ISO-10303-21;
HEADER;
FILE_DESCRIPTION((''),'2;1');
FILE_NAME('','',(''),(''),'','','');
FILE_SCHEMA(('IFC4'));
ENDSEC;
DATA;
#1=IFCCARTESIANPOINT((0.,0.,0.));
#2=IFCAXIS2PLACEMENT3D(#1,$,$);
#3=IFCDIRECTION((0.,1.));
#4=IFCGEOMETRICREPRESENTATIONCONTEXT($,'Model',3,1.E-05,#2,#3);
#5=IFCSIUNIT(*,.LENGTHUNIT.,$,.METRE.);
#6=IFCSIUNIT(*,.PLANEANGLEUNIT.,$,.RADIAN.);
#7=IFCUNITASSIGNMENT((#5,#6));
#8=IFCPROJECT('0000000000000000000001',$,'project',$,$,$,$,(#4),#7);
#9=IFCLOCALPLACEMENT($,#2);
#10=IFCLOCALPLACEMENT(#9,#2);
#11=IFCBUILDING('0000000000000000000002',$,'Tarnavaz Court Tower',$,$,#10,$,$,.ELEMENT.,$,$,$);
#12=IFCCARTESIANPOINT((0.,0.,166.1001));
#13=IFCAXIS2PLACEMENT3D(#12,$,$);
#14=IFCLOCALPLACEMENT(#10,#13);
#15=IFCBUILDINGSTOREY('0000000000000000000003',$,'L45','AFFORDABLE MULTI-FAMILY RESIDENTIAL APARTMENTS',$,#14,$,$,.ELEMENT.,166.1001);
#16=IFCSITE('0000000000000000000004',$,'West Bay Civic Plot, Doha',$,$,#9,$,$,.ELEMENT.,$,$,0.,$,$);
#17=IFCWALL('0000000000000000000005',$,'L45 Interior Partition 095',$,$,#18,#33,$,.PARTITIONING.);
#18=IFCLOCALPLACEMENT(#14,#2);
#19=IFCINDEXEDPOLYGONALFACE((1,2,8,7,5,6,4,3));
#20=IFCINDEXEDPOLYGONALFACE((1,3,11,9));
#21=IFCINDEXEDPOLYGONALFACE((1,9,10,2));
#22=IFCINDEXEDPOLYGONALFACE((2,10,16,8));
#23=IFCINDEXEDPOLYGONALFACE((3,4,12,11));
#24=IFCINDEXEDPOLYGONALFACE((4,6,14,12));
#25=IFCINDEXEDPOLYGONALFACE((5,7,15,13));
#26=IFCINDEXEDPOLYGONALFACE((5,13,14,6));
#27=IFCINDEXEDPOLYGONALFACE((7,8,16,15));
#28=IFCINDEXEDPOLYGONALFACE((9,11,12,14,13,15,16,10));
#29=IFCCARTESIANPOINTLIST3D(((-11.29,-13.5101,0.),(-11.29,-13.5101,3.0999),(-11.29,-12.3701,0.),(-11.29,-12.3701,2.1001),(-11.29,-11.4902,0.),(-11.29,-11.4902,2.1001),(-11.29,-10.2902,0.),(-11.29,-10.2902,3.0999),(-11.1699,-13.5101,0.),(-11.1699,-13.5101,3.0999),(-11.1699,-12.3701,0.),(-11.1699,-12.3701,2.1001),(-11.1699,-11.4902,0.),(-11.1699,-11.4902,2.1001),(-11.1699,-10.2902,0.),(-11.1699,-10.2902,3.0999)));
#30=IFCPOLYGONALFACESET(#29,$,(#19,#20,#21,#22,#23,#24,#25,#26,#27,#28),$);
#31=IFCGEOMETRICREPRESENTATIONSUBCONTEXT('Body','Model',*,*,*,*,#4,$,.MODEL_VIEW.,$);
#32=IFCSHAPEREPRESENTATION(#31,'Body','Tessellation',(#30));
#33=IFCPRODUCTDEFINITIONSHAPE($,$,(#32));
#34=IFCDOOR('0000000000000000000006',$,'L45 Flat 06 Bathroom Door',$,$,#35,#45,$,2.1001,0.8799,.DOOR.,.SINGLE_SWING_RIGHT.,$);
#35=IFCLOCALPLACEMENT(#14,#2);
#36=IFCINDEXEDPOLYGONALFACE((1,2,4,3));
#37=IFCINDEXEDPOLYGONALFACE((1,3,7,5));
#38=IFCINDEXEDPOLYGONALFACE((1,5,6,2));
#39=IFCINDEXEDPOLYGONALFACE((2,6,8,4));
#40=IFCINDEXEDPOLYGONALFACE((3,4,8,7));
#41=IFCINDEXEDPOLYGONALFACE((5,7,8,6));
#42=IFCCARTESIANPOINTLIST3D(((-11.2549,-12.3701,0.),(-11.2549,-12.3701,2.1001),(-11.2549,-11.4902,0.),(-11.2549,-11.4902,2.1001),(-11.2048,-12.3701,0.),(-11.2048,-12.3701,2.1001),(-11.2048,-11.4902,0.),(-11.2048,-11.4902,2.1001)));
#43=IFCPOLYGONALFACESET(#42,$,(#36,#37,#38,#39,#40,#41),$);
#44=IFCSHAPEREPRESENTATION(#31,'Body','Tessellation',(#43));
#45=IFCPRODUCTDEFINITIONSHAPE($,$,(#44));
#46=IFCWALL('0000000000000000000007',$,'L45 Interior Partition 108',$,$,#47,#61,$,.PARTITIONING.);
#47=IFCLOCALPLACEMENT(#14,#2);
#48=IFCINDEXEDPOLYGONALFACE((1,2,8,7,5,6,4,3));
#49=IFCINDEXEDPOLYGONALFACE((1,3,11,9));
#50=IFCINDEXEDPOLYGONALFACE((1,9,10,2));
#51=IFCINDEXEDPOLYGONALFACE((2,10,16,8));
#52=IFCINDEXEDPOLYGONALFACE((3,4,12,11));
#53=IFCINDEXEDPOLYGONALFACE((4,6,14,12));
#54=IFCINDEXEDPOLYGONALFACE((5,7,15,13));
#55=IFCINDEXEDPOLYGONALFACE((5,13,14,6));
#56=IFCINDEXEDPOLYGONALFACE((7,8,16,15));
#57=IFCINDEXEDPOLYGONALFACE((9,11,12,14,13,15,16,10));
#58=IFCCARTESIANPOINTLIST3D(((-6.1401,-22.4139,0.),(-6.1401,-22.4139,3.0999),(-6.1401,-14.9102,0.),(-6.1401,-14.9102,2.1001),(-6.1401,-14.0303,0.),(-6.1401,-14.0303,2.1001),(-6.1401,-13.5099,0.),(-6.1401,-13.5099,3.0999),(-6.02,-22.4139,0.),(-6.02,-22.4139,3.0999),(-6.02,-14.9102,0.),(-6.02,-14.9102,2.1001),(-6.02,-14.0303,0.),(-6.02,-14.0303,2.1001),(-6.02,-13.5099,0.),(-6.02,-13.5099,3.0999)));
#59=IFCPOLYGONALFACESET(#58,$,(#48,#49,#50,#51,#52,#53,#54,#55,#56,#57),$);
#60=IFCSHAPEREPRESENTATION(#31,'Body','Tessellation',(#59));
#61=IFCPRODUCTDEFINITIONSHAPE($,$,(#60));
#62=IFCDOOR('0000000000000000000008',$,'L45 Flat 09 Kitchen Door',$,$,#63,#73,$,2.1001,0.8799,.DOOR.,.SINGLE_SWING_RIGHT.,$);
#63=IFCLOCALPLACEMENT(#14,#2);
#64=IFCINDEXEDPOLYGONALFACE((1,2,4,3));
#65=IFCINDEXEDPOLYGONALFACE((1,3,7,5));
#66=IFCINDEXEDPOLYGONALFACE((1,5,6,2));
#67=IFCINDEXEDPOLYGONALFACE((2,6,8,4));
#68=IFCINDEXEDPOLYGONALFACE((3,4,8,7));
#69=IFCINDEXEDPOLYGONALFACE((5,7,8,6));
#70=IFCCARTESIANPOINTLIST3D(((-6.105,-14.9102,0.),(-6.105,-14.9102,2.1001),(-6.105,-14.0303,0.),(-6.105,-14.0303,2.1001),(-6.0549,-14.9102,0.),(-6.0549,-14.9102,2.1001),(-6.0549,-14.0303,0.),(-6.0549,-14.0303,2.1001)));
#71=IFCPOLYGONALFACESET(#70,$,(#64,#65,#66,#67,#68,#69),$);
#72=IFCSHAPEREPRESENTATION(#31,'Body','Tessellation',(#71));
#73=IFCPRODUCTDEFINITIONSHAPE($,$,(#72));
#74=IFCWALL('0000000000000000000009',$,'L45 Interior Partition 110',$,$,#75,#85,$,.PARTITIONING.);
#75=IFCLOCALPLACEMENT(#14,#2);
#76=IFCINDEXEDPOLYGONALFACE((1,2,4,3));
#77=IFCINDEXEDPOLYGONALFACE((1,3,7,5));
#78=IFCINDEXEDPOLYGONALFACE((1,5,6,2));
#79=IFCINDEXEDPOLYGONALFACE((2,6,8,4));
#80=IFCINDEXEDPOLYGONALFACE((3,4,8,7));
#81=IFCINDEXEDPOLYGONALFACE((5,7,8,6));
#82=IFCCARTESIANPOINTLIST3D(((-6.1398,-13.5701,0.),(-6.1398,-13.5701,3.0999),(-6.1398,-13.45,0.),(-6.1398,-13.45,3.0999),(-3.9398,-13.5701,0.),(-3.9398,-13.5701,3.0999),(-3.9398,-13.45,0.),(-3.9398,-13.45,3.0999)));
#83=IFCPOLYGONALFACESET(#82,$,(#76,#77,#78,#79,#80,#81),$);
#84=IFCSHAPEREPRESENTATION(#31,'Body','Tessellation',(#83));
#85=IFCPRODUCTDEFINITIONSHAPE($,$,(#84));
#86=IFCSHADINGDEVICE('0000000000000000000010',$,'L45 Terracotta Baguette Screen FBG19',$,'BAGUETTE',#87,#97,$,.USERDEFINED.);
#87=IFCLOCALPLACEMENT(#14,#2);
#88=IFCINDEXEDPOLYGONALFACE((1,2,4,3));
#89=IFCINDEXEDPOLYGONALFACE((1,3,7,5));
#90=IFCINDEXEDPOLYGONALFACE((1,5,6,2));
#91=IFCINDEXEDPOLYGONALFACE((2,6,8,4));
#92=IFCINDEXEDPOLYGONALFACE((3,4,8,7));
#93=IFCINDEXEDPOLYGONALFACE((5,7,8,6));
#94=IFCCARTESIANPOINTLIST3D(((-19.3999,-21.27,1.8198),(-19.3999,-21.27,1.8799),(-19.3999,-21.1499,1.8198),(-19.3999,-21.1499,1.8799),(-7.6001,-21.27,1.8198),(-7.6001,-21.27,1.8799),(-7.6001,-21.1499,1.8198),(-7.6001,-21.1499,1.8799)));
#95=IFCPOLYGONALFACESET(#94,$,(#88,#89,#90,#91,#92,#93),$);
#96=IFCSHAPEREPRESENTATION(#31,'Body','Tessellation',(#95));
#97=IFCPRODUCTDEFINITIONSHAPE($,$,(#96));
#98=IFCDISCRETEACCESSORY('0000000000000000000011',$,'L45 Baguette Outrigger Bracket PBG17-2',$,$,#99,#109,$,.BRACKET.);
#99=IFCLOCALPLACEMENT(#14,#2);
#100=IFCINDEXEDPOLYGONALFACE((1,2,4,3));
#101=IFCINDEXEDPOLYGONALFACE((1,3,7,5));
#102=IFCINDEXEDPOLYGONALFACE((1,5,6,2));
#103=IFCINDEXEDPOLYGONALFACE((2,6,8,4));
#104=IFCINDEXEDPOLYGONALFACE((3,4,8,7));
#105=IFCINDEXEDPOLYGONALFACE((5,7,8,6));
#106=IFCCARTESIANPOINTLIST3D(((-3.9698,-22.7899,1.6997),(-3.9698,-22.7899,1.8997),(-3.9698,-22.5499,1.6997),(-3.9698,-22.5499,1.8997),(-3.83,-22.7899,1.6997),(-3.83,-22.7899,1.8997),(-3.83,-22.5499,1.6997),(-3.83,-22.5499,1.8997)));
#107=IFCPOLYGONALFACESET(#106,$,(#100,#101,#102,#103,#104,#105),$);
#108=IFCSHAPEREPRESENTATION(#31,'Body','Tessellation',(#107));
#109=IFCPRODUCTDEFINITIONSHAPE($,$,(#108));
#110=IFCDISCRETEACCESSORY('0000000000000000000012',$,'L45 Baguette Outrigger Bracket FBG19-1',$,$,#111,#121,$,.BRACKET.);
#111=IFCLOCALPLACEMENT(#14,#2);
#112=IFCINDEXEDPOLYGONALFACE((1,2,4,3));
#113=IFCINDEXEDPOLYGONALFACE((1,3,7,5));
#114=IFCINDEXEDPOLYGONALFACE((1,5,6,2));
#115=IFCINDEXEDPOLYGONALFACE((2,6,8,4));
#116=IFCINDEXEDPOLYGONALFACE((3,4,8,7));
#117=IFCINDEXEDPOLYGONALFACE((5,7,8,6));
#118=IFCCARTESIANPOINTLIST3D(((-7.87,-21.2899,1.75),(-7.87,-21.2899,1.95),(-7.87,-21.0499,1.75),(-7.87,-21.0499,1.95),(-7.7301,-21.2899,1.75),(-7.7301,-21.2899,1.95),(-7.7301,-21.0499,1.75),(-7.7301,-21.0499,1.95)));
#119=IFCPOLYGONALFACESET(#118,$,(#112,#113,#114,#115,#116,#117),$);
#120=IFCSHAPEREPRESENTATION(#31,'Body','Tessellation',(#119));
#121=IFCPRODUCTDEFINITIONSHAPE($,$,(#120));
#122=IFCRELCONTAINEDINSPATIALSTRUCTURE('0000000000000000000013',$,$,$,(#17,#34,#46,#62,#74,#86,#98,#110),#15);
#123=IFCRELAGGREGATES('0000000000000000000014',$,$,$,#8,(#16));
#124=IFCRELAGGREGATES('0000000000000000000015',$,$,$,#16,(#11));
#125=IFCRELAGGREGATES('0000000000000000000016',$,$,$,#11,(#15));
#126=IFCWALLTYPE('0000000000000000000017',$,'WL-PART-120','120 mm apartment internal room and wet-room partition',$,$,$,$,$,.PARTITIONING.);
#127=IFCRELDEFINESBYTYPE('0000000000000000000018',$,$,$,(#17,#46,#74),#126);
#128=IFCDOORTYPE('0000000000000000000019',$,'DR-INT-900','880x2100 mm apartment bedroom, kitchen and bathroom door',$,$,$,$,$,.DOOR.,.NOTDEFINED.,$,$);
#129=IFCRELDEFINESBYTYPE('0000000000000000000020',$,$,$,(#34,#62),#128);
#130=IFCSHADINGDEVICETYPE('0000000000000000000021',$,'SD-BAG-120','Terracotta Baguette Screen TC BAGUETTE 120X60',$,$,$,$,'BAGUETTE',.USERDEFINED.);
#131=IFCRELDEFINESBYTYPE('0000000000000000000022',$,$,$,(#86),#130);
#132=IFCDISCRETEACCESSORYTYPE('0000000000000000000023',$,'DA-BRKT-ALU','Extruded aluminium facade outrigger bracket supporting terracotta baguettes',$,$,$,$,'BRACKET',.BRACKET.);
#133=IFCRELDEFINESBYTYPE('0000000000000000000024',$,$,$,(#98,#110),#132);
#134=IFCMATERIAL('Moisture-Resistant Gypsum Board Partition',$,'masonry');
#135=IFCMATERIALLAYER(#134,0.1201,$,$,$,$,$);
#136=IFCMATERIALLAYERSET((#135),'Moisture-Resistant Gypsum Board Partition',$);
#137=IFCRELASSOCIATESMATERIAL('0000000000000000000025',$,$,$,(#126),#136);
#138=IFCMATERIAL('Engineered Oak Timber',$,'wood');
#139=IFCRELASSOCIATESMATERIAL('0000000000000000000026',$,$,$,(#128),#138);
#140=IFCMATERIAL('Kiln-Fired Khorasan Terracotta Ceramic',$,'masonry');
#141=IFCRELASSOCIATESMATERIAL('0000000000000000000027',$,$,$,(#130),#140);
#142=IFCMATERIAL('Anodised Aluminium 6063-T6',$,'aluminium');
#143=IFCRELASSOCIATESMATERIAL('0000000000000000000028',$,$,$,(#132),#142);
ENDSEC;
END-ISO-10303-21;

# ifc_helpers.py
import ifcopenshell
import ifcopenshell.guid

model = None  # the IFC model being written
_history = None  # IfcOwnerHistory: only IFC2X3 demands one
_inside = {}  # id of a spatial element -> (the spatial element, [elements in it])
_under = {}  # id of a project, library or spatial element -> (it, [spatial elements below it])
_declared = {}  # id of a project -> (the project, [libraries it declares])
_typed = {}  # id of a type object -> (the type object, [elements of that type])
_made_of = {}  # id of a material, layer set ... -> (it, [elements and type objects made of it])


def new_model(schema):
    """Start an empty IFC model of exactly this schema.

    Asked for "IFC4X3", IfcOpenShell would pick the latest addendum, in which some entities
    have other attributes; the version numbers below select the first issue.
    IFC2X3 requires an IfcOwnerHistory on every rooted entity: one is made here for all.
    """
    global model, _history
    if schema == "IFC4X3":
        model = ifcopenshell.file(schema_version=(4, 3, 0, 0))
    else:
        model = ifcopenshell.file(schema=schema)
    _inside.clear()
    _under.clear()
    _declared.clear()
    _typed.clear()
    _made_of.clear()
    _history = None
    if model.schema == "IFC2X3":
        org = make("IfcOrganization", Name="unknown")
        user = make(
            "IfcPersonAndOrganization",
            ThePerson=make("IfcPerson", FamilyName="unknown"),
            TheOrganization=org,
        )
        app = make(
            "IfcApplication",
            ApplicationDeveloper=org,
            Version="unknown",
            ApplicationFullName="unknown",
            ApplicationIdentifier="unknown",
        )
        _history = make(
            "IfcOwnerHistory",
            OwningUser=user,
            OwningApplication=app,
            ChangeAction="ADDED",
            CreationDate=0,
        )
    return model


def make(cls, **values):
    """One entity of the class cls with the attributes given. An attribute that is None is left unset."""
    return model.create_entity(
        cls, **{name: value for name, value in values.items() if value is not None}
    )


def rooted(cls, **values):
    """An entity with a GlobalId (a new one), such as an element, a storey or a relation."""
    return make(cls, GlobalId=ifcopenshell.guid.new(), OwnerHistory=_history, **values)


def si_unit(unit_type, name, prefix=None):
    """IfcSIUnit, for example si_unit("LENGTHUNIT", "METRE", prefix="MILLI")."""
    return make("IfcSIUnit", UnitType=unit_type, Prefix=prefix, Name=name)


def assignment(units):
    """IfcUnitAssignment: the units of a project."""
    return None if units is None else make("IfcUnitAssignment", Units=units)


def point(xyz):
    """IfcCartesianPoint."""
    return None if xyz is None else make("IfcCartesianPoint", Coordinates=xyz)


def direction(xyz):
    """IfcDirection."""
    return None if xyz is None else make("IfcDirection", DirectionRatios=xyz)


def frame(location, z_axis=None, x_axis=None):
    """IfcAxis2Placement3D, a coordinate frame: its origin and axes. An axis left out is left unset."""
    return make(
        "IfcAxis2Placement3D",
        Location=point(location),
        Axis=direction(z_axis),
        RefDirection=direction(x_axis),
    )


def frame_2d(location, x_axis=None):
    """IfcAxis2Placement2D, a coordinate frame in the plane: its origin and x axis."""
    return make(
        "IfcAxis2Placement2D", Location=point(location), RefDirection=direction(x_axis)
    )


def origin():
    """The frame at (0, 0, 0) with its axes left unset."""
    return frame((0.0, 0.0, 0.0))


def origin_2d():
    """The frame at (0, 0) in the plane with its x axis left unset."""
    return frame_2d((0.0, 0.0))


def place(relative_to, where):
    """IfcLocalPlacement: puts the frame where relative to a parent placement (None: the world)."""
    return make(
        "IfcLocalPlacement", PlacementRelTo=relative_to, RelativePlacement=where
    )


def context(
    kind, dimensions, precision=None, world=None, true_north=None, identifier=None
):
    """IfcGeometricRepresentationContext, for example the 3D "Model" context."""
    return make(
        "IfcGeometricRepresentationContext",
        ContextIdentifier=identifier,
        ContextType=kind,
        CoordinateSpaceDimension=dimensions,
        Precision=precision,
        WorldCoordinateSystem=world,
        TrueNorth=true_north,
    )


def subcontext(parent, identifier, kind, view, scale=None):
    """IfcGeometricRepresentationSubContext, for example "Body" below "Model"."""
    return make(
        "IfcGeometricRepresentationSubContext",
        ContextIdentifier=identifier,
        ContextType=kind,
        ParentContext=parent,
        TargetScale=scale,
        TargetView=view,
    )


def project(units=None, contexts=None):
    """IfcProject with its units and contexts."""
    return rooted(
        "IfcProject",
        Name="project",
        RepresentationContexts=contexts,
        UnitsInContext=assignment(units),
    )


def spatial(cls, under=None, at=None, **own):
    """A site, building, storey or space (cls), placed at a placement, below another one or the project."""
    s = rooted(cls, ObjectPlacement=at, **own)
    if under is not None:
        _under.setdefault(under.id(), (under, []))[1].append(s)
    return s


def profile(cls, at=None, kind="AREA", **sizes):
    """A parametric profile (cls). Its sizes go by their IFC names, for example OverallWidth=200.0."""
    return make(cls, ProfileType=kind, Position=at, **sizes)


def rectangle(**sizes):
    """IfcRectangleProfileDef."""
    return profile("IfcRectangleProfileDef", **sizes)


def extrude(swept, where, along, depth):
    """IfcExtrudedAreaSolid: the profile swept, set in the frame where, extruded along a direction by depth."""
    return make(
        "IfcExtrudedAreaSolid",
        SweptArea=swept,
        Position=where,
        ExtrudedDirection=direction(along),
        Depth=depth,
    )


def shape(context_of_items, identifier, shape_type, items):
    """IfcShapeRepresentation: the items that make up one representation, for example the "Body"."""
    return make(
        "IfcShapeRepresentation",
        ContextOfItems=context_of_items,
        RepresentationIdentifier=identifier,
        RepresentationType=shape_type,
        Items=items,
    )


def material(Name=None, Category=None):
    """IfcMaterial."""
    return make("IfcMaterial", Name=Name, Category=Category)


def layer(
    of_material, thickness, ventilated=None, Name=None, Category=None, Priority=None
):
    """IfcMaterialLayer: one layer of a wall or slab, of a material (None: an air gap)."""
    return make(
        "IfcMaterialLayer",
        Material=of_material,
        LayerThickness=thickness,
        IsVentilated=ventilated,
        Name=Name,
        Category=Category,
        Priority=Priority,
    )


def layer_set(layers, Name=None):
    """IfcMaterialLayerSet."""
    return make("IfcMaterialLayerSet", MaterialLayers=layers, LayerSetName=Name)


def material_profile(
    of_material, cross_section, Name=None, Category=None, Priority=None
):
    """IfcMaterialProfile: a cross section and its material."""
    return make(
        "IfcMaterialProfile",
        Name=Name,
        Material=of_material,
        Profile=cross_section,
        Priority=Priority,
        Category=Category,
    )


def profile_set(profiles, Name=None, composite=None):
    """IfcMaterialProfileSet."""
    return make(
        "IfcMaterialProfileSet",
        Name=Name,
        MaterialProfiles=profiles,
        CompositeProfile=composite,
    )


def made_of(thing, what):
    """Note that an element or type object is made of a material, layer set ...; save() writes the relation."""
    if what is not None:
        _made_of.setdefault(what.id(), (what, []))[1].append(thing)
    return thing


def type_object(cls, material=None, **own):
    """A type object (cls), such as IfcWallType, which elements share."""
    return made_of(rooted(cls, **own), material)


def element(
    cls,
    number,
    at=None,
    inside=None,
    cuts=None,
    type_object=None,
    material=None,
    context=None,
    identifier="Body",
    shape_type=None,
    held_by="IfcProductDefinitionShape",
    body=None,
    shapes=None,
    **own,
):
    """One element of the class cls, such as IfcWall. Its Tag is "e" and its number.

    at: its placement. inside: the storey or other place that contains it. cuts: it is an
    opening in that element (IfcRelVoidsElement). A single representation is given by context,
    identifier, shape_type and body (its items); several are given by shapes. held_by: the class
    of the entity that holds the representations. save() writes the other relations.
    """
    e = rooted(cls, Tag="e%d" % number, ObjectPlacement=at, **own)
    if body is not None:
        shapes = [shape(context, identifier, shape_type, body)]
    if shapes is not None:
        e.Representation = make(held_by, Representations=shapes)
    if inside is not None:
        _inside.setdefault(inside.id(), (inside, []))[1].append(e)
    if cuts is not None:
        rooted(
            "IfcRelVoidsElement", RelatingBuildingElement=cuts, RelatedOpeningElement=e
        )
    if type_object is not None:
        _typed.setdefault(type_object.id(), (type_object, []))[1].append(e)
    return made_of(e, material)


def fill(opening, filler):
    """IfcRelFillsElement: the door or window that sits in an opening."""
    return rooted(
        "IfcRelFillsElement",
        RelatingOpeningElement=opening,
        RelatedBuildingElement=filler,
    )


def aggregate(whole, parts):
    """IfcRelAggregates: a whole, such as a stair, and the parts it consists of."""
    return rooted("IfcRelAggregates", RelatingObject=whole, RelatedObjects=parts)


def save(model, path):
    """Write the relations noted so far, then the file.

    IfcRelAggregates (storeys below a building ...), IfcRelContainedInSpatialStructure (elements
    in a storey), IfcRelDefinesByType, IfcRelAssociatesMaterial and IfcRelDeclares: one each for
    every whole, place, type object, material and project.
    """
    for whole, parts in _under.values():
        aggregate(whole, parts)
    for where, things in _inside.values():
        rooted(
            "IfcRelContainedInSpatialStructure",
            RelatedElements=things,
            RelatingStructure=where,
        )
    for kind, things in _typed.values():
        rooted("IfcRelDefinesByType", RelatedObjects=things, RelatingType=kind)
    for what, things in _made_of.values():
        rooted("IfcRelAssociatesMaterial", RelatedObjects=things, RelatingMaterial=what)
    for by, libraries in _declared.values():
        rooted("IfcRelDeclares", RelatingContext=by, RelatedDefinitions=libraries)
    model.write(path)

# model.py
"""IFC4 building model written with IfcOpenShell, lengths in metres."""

from ifc_helpers import new_model, si_unit, direction, frame, frame_2d, origin, origin_2d, place, context, subcontext, project, spatial, rectangle, extrude, material, layer, layer_set, material_profile, profile_set, type_object, element, fill, save


model = new_model("IFC4")

# Units and contexts
model_context = context("Model", 3, precision=1e-05, world=origin(), true_north=direction((0.0, 1.0)))
body_context = subcontext(model_context, "Body", "Model", "MODEL_VIEW")
ifc_project = project(units=[si_unit("LENGTHUNIT", "METRE"), si_unit("PLANEANGLEUNIT", "RADIAN")], contexts=[model_context])

# Site, building, storey
site_placement = place(None, origin())
site = spatial("IfcSite", under=ifc_project, at=site_placement, Name="West Bay Civic Plot, Doha", CompositionType="ELEMENT", RefElevation=0.0)
building_placement = place(site_placement, origin())
building = spatial("IfcBuilding", under=site, at=building_placement, Name="Tarnavaz Court Tower", CompositionType="ELEMENT")
storey_placement = place(building_placement, frame((0.0, 0.0, 166.1001)))
storey = spatial("IfcBuildingStorey", under=building, at=storey_placement, Name="L45", Description="AFFORDABLE MULTI-FAMILY RESIDENTIAL APARTMENTS", CompositionType="ELEMENT", Elevation=166.1001)

# Shared definitions
ifc_material_1 = material(Name="Anodised Aluminium 6063-T6", Category="aluminium")

# Walls, openings, doors
ifc_material_2 = material(Name="Moisture-Resistant Gypsum Board Partition", Category="masonry")
ifc_layer_1 = layer(ifc_material_2, 0.1201)
ifc_layer_set_1 = layer_set([ifc_layer_1], Name="Moisture-Resistant Gypsum Board Partition")
wall_type_1 = type_object("IfcWallType", Name="WL-PART-120", Description="120 mm apartment internal room and wet-room partition", PredefinedType="PARTITIONING", material=ifc_layer_set_1)
ifc_material_3 = material(Name="Engineered Oak Timber", Category="wood")
door_type = type_object("IfcDoorType", Name="DR-INT-900", Description="880x2100 mm apartment bedroom, kitchen and bathroom door", OperationType="NOTDEFINED", PredefinedType="DOOR", material=ifc_material_3)
wall_1_placement = place(storey_placement, frame((-11.23, -13.51, 0.0), z_axis=(0.0, 0.0, 1.0), x_axis=(0.0, 1.0, 0.0)))
wall_1 = element("IfcWall", 1, at=wall_1_placement, inside=storey, type_object=wall_type_1, Name="L45 Interior Partition 095", PredefinedType="PARTITIONING", context=body_context, shape_type="SweptSolid", body=[
    extrude(rectangle(XDim=3.22, YDim=0.1201, at=frame_2d((1.6099, 0.0))), origin(), (0.0, 0.0, 1.0), 3.0999),
])
opening_1_placement = place(wall_1_placement, frame((1.1399, 0.0, 0.0)))
opening_1 = element("IfcOpeningElement", 2, at=opening_1_placement, cuts=wall_1, PredefinedType="OPENING", context=body_context, shape_type="SweptSolid", body=[
    extrude(rectangle(XDim=0.8799, YDim=2.1001, at=frame_2d((0.4399, 1.05))), frame((0.0, 0.0701, 0.0), z_axis=(0.0, -1.0, 0.0), x_axis=(1.0, 0.0, 0.0)), (0.0, 0.0, 1.0), 0.1401),
])
door_1_placement = place(opening_1_placement, origin())
door_1 = element("IfcDoor", 3, at=door_1_placement, inside=storey, type_object=door_type, Name="L45 Flat 06 Bathroom Door", OperationType="SINGLE_SWING_RIGHT", OverallHeight=2.1001, OverallWidth=0.8799, PredefinedType="DOOR", context=body_context, shape_type="SweptSolid", body=[
    extrude(rectangle(XDim=0.8799, YDim=2.1001, at=frame_2d((0.4399, 1.05))), frame((0.0, 0.0249, 0.0), z_axis=(0.0, -1.0, 0.0), x_axis=(1.0, 0.0, 0.0)), (0.0, 0.0, 1.0), 0.05),
])
fill(opening_1, door_1)
wall_2_placement = place(storey_placement, frame((-6.0801, -22.4141, 0.0), z_axis=(0.0, 0.0, 1.0), x_axis=(0.0, 1.0, 0.0)))
wall_2 = element("IfcWall", 4, at=wall_2_placement, inside=storey, type_object=wall_type_1, Name="L45 Interior Partition 108", PredefinedType="PARTITIONING", context=body_context, shape_type="SweptSolid", body=[
    extrude(rectangle(XDim=8.9041, YDim=0.1201, at=frame_2d((4.4521, 0.0))), origin(), (0.0, 0.0, 1.0), 3.0999),
])
opening_2_placement = place(wall_2_placement, frame((7.5039, 0.0, 0.0)))
opening_2 = element("IfcOpeningElement", 5, at=opening_2_placement, cuts=wall_2, PredefinedType="OPENING", context=body_context, shape_type="SweptSolid", body=[
    extrude(rectangle(XDim=0.8799, YDim=2.1001, at=frame_2d((0.4399, 1.05))), frame((0.0, 0.0701, 0.0), z_axis=(0.0, -1.0, 0.0), x_axis=(1.0, 0.0, 0.0)), (0.0, 0.0, 1.0), 0.1401),
])
door_2_placement = place(opening_2_placement, origin())
door_2 = element("IfcDoor", 6, at=door_2_placement, inside=storey, type_object=door_type, Name="L45 Flat 09 Kitchen Door", OperationType="SINGLE_SWING_RIGHT", OverallHeight=2.1001, OverallWidth=0.8799, PredefinedType="DOOR", context=body_context, shape_type="SweptSolid", body=[
    extrude(rectangle(XDim=0.8799, YDim=2.1001, at=frame_2d((0.4399, 1.05))), frame((0.0, 0.0249, 0.0), z_axis=(0.0, -1.0, 0.0), x_axis=(1.0, 0.0, 0.0)), (0.0, 0.0, 1.0), 0.05),
])
fill(opening_2, door_2)

# Wall
wall_3_placement = place(storey_placement, frame((-6.1399, -13.51, 0.0), z_axis=(0.0, 0.0, 1.0), x_axis=(1.0, 0.0, 0.0)))
element("IfcWall", 7, at=wall_3_placement, inside=storey, type_object=wall_type_1, Name="L45 Interior Partition 110", PredefinedType="PARTITIONING", context=body_context, shape_type="SweptSolid", body=[
    extrude(rectangle(XDim=2.2, YDim=0.1201, at=frame_2d((1.1001, 0.0))), origin(), (0.0, 0.0, 1.0), 3.0999),
])

# Shading device
ifc_material_4 = material(Name="Kiln-Fired Khorasan Terracotta Ceramic", Category="masonry")
ifc_material_profile_1 = material_profile(ifc_material_4, rectangle(XDim=0.1201, YDim=0.0601, at=origin_2d()), Name="TC BAGUETTE 120X60")
ifc_profile_set_1 = profile_set([ifc_material_profile_1], Name="Kiln-Fired Khorasan Terracotta Ceramic")
shading_device_type = type_object("IfcShadingDeviceType", Name="SD-BAG-120", Description="Terracotta Baguette Screen TC BAGUETTE 120X60", ElementType="BAGUETTE", PredefinedType="USERDEFINED", material=ifc_profile_set_1)
shading_device_placement = place(storey_placement, frame((-7.6001, -21.21, 1.8499), z_axis=(-1.0, 0.0, 0.0), x_axis=(0.0, -1.0, 0.0)))
element("IfcShadingDevice", 8, at=shading_device_placement, inside=storey, type_object=shading_device_type, Name="L45 Terracotta Baguette Screen FBG19", ObjectType="BAGUETTE", PredefinedType="USERDEFINED", context=body_context, shape_type="SweptSolid", body=[
    extrude(rectangle(XDim=0.1201, YDim=0.0601, at=origin_2d()), origin(), (0.0, 0.0, 1.0), 11.7998),
])

# Discrete accessories
discrete_accessory_type = type_object("IfcDiscreteAccessoryType", Name="DA-BRKT-ALU", Description="Extruded aluminium facade outrigger bracket supporting terracotta baguettes", ElementType="BRACKET", PredefinedType="BRACKET", material=ifc_material_1)
for number, where, z_axis, x_axis, name in (
    (9, (-3.8999, -22.6699, 1.6997), (0.0, 0.0, 1.0), (-1.0, 0.0, 0.0), "L45 Baguette Outrigger Bracket PBG17-2"),
    (10, (-7.8, -21.1699, 1.75), (0.0, 0.0, 1.0), (-1.0, 0.0, 0.0), "L45 Baguette Outrigger Bracket FBG19-1"),
):
    element("IfcDiscreteAccessory", number, at=place(storey_placement, frame(where, z_axis=z_axis, x_axis=x_axis)), inside=storey, type_object=discrete_accessory_type, Name=name, PredefinedType="BRACKET", context=body_context, shape_type="SweptSolid", body=[
        extrude(rectangle(XDim=0.1399, YDim=0.24, at=origin_2d()), origin(), (0.0, 0.0, 1.0), 0.2),
    ])

save(model, "model.ifc")
